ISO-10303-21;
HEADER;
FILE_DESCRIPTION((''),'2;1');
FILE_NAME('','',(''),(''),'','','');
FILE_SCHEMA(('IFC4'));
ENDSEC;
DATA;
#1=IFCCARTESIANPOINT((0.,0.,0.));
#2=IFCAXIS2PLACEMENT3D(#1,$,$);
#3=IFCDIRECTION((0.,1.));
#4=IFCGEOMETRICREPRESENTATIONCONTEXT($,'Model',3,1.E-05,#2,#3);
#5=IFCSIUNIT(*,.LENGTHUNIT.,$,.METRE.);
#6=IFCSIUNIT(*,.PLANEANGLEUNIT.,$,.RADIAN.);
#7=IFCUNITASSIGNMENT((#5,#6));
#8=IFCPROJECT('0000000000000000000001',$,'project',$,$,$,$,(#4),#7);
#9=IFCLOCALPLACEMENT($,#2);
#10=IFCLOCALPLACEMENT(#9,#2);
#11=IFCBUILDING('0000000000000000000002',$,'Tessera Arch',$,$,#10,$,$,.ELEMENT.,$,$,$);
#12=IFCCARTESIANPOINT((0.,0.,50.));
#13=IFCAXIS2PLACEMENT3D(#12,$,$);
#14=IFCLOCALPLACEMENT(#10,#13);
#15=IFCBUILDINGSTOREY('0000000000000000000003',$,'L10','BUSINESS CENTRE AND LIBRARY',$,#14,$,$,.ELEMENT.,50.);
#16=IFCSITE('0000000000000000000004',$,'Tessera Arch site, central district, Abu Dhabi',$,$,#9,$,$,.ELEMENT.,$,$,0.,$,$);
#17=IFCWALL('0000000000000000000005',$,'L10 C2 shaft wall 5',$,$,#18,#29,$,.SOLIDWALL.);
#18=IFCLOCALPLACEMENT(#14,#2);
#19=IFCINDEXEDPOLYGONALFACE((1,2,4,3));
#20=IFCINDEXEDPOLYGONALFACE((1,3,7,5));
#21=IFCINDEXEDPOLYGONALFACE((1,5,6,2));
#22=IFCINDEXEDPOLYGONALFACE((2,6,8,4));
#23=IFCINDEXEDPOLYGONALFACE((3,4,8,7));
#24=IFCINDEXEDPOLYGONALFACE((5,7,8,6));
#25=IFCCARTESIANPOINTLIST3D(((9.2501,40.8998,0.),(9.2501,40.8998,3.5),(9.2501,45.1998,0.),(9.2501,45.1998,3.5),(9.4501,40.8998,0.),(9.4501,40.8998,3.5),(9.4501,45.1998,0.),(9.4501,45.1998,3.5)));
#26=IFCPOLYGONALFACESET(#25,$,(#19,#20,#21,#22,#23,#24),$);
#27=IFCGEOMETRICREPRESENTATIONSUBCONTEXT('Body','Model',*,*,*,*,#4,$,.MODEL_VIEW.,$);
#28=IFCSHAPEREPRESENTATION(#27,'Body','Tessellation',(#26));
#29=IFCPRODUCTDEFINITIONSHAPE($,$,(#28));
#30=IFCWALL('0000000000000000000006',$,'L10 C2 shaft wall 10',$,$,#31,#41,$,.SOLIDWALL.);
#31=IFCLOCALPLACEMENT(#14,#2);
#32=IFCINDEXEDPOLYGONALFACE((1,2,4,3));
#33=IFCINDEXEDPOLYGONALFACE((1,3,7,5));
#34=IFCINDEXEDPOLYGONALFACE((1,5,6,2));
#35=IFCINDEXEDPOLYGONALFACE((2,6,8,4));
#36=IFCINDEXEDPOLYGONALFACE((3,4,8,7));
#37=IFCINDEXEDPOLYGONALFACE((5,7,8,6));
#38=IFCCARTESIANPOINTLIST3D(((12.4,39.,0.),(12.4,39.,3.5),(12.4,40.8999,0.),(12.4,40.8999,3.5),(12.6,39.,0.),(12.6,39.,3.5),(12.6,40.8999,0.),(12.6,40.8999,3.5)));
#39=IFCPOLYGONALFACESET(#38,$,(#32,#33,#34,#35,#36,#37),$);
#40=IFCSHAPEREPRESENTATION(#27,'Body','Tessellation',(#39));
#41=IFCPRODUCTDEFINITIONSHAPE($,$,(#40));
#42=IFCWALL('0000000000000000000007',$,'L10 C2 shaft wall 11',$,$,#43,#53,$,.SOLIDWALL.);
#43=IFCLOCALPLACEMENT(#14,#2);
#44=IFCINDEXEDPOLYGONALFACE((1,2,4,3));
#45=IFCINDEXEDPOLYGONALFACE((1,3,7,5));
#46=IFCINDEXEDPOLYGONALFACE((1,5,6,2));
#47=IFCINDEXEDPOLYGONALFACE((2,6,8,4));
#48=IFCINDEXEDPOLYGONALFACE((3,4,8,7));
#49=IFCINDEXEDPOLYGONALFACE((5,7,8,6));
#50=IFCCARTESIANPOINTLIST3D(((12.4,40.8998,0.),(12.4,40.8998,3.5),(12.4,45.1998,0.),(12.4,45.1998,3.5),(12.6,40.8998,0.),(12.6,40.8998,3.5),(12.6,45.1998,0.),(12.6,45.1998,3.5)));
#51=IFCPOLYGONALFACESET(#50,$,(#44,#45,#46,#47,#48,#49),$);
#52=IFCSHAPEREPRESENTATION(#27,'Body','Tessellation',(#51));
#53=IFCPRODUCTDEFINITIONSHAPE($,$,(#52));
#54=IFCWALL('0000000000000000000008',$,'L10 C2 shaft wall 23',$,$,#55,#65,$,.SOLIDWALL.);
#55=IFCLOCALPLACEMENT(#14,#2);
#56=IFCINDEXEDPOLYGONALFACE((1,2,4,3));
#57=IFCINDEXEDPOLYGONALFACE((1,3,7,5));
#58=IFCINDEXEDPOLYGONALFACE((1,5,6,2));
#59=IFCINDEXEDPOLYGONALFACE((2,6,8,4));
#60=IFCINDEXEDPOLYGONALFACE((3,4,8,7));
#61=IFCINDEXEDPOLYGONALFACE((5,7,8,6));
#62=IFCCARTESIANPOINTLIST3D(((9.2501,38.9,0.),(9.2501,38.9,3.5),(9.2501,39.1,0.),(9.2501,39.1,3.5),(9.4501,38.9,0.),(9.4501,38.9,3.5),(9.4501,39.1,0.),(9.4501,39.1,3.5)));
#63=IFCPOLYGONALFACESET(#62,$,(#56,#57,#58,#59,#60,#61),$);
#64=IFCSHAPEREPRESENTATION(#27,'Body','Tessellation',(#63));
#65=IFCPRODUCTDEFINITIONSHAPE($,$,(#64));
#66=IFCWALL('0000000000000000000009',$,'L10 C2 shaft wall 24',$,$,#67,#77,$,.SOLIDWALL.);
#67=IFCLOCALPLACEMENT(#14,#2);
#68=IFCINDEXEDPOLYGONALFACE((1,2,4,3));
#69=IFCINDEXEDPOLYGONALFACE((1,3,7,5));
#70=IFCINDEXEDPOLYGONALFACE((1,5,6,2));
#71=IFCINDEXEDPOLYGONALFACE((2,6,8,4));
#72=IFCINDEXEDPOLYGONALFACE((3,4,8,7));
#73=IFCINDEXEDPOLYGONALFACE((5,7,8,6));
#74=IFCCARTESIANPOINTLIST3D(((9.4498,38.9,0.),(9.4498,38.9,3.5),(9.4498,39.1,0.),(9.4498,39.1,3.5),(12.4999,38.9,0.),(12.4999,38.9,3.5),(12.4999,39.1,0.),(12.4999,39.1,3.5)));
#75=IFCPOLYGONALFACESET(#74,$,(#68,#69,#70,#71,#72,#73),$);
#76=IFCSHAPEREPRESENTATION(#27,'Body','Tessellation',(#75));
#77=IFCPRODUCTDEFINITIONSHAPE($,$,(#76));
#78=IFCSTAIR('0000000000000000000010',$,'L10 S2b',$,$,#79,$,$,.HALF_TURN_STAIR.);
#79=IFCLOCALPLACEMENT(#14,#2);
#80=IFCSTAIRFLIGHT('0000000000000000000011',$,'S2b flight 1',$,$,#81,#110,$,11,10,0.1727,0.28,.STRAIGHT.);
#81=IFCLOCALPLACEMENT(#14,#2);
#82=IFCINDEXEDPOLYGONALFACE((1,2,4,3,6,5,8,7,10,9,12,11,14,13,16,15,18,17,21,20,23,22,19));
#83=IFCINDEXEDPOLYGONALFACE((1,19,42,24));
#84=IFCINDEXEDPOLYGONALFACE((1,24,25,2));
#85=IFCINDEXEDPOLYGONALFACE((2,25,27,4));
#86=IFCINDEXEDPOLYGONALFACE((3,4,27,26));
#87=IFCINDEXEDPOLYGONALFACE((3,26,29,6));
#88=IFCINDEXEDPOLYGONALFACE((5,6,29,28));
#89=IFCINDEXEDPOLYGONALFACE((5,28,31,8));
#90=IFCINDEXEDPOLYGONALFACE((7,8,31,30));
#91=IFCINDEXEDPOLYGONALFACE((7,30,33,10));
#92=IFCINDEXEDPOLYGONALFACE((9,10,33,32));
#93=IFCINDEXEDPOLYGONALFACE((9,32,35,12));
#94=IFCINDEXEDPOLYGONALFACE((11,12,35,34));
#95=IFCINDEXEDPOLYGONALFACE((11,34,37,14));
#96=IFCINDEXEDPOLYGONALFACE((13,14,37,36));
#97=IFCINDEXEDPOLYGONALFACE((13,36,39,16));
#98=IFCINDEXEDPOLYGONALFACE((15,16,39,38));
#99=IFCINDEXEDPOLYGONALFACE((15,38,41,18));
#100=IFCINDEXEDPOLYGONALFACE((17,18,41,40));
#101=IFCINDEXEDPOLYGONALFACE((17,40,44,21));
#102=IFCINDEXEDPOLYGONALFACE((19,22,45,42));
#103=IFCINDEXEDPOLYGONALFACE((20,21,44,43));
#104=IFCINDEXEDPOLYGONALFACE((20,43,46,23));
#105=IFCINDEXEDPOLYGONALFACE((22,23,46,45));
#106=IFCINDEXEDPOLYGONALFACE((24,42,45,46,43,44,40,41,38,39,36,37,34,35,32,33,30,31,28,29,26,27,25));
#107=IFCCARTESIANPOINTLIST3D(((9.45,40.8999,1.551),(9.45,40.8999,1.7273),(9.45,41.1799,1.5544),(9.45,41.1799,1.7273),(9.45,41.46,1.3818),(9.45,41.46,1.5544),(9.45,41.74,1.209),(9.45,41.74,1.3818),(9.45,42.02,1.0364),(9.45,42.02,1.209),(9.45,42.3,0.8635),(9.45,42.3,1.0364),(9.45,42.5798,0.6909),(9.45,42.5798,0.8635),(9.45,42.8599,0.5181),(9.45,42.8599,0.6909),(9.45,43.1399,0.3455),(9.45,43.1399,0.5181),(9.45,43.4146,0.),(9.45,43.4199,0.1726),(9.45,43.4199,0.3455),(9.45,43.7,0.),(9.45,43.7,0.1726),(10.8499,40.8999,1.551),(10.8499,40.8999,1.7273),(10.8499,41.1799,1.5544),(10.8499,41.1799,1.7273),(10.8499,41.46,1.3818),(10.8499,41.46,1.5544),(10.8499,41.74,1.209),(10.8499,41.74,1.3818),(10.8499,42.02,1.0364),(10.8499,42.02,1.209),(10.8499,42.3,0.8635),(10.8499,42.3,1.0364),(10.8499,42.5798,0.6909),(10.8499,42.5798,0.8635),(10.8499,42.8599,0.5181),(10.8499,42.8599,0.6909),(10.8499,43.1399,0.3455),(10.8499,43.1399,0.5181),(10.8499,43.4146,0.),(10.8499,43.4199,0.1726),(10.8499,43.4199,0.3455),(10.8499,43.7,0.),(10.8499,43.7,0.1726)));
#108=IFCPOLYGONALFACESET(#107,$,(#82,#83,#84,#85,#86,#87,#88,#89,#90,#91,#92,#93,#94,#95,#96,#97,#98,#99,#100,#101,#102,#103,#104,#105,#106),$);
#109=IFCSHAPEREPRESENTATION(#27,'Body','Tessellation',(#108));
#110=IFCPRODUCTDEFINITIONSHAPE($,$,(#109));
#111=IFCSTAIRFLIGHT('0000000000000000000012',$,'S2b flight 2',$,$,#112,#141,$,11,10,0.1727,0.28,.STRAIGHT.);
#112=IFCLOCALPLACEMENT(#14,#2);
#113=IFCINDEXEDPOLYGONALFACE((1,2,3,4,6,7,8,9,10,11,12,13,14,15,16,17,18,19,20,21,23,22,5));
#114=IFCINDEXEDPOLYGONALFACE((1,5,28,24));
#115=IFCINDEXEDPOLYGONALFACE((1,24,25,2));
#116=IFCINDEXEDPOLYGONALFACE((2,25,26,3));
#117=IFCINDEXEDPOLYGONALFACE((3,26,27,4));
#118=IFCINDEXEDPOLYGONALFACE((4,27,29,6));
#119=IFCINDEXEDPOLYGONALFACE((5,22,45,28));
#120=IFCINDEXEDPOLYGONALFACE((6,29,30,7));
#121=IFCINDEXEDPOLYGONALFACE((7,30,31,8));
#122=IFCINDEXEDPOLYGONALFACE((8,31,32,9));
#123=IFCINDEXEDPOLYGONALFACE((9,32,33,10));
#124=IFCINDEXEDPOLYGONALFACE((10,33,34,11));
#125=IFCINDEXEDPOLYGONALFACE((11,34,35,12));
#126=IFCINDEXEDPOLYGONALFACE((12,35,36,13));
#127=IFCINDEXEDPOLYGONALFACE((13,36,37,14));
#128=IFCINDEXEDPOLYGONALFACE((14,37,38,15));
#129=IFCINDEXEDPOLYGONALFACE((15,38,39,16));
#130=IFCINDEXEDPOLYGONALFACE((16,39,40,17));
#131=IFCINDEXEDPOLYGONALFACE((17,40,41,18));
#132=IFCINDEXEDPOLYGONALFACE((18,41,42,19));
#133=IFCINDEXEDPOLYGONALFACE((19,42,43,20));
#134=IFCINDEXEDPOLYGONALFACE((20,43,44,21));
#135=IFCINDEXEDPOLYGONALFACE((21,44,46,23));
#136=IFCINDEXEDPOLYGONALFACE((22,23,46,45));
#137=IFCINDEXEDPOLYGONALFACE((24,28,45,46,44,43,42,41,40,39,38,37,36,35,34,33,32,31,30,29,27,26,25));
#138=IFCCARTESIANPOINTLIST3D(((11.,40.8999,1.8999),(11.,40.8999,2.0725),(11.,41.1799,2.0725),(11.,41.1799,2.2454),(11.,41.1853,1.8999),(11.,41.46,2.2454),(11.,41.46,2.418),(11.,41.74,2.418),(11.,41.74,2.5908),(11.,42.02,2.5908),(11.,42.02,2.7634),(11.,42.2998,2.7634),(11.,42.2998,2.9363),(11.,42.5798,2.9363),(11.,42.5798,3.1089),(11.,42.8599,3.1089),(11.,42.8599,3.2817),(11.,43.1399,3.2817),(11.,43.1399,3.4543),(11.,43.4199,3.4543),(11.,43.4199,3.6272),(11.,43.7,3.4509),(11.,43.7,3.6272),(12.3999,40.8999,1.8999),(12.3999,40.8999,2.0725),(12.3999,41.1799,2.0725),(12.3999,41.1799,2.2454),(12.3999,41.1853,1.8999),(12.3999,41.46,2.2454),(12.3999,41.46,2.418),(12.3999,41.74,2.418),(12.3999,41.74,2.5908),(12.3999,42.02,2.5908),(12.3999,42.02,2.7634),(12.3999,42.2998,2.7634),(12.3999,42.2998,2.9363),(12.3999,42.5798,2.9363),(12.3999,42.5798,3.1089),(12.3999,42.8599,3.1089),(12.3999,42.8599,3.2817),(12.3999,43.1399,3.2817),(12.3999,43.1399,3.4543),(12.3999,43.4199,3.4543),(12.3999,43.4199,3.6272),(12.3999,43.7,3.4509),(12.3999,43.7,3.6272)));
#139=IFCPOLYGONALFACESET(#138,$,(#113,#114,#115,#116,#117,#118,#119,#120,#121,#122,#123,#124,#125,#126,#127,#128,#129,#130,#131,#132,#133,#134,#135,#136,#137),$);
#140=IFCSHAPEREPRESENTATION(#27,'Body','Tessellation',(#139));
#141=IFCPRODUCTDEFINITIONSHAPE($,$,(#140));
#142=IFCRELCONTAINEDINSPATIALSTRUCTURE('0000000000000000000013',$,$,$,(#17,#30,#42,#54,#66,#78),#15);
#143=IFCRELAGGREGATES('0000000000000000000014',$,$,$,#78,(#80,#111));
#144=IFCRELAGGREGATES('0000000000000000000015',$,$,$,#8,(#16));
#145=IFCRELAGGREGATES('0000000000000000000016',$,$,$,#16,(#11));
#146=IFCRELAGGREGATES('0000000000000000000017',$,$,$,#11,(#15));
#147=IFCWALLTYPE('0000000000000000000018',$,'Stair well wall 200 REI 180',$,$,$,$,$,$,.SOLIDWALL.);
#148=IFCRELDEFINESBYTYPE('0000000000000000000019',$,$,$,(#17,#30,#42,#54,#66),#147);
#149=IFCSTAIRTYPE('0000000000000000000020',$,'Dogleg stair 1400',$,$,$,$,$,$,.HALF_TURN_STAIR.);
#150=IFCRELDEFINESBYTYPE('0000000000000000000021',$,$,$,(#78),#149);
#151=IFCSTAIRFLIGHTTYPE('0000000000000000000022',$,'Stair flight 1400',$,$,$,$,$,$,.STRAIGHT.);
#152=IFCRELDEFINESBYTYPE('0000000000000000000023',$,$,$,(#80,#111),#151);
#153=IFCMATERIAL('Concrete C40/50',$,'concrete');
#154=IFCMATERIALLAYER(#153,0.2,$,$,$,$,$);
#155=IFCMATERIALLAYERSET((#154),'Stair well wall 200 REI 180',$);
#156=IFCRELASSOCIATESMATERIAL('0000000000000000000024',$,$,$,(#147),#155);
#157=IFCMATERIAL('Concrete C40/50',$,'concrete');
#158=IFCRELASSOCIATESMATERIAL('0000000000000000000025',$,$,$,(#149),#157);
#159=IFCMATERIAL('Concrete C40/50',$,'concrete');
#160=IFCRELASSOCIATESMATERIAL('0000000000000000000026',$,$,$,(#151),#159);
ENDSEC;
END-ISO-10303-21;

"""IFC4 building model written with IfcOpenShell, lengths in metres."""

from ifc_helpers import new_model, si_unit, direction, frame, frame_2d, origin, place, context, subcontext, project, spatial, polyline, rectangle, outline, extrude, material, layer, layer_set, type_object, element, aggregate, save


model = new_model("IFC4")

# Units and contexts
model_context = context("Model", 3, precision=1e-05, world=origin(), true_north=direction((0.0, 1.0)))
body_context = subcontext(model_context, "Body", "Model", "MODEL_VIEW")
ifc_project = project(units=[si_unit("LENGTHUNIT", "METRE"), si_unit("PLANEANGLEUNIT", "RADIAN")], contexts=[model_context])

# Site, building, storey
site_placement = place(None, origin())
site = spatial("IfcSite", under=ifc_project, at=site_placement, Name="Tessera Arch site, central district, Abu Dhabi", CompositionType="ELEMENT", RefElevation=0.0)
building_placement = place(site_placement, origin())
building = spatial("IfcBuilding", under=site, at=building_placement, Name="Tessera Arch", CompositionType="ELEMENT")
storey_placement = place(building_placement, frame((0.0, 0.0, 50.0)))
storey = spatial("IfcBuildingStorey", under=building, at=storey_placement, Name="L10", Description="BUSINESS CENTRE AND LIBRARY", CompositionType="ELEMENT", Elevation=50.0)

# Walls
ifc_material_1 = material(Name="Concrete C40/50", Category="concrete")
ifc_layer_1 = layer(ifc_material_1, 0.2)
ifc_layer_set_1 = layer_set([ifc_layer_1], Name="Stair well wall 200 REI 180")
wall_type_1 = type_object("IfcWallType", Name="Stair well wall 200 REI 180", PredefinedType="SOLIDWALL", material=ifc_layer_set_1)
wall_1_placement = place(storey_placement, frame((9.3501, 40.8999, 0.0), z_axis=(0.0, 0.0, 1.0), x_axis=(0.0, 1.0, 0.0)))
element("IfcWall", 1, at=wall_1_placement, inside=storey, type_object=wall_type_1, Name="L10 C2 shaft wall 5", PredefinedType="SOLIDWALL", context=body_context, shape_type="SweptSolid", body=[
    extrude(rectangle(XDim=4.3, YDim=0.2, at=frame_2d((2.1499, 0.0))), origin(), (0.0, 0.0, 1.0), 3.5),
])
wall_2_placement = place(storey_placement, frame((12.5, 39.0, 0.0), z_axis=(0.0, 0.0, 1.0), x_axis=(0.0, 1.0, 0.0)))
element("IfcWall", 2, at=wall_2_placement, inside=storey, type_object=wall_type_1, Name="L10 C2 shaft wall 10", PredefinedType="SOLIDWALL", context=body_context, shape_type="SweptSolid", body=[
    extrude(rectangle(XDim=1.8999, YDim=0.2, at=frame_2d((0.95, 0.0))), origin(), (0.0, 0.0, 1.0), 3.5),
])
wall_3_placement = place(storey_placement, frame((12.5, 40.8999, 0.0), z_axis=(0.0, 0.0, 1.0), x_axis=(0.0, 1.0, 0.0)))
element("IfcWall", 3, at=wall_3_placement, inside=storey, type_object=wall_type_1, Name="L10 C2 shaft wall 11", PredefinedType="SOLIDWALL", context=body_context, shape_type="SweptSolid", body=[
    extrude(rectangle(XDim=4.3, YDim=0.2, at=frame_2d((2.1499, 0.0))), origin(), (0.0, 0.0, 1.0), 3.5),
])
wall_4_placement = place(storey_placement, frame((9.25, 39.0, 0.0), z_axis=(0.0, 0.0, 1.0), x_axis=(1.0, 0.0, 0.0)))
element("IfcWall", 4, at=wall_4_placement, inside=storey, type_object=wall_type_1, Name="L10 C2 shaft wall 23", PredefinedType="SOLIDWALL", context=body_context, shape_type="SweptSolid", body=[
    extrude(rectangle(XDim=0.2, YDim=0.2, at=frame_2d((0.1001, 0.0))), origin(), (0.0, 0.0, 1.0), 3.5),
])
wall_5_placement = place(storey_placement, frame((9.45, 39.0, 0.0), z_axis=(0.0, 0.0, 1.0), x_axis=(1.0, 0.0, 0.0)))
element("IfcWall", 5, at=wall_5_placement, inside=storey, type_object=wall_type_1, Name="L10 C2 shaft wall 24", PredefinedType="SOLIDWALL", context=body_context, shape_type="SweptSolid", body=[
    extrude(rectangle(XDim=3.05, YDim=0.2, at=frame_2d((1.5249, 0.0))), origin(), (0.0, 0.0, 1.0), 3.5),
])

# Stair, stair flights
ifc_material_2 = material(Name="Concrete C40/50", Category="concrete")
stair_type = type_object("IfcStairType", Name="Dogleg stair 1400", PredefinedType="HALF_TURN_STAIR", material=ifc_material_2)
stair_placement = place(storey_placement, origin())
stair = element("IfcStair", 6, at=stair_placement, inside=storey, type_object=stair_type, Name="L10 S2b", PredefinedType="HALF_TURN_STAIR")
ifc_material_3 = material(Name="Concrete C40/50", Category="concrete")
stair_flight_type = type_object("IfcStairFlightType", Name="Stair flight 1400", PredefinedType="STRAIGHT", material=ifc_material_3)
stair_flight_1_placement = place(storey_placement, frame((10.1499, 43.7, 0.0), z_axis=(0.0, 0.0, 1.0), x_axis=(0.0, -1.0, 0.0)))
stair_flight_1 = element("IfcStairFlight", 7, at=stair_flight_1_placement, type_object=stair_flight_type, Name="S2b flight 1", NumberOfRisers=11, NumberOfTreads=10, PredefinedType="STRAIGHT", RiserHeight=0.1727, TreadLength=0.28, context=body_context, shape_type="SweptSolid", body=[
    extrude(outline(polyline([(0.0, 0.0), (0.0, 0.1726), (0.28, 0.1726), (0.28, 0.3455), (0.5601, 0.3455), (0.5601, 0.5181), (0.8401, 0.5181), (0.8401, 0.6909), (1.1201, 0.6909), (1.1201, 0.8635), (1.3999, 0.8635), (1.3999, 1.0364), (1.6799, 1.0364), (1.6799, 1.209), (1.96, 1.209), (1.96, 1.3818), (2.24, 1.3818), (2.24, 1.5544), (2.52, 1.5544), (2.52, 1.7273), (2.8, 1.7273), (2.8, 1.8999), (2.8, 1.551), (0.2854, 0.0), (0.0, 0.0)])), frame((0.0, 0.7, 0.0), z_axis=(0.0, -1.0, 0.0), x_axis=(1.0, 0.0, 0.0)), (0.0, 0.0, 1.0), 1.3999),
])
stair_flight_2_placement = place(storey_placement, frame((11.7, 40.8999, 1.8999), z_axis=(0.0, 0.0, 1.0), x_axis=(0.0, 1.0, 0.0)))
stair_flight_2 = element("IfcStairFlight", 8, at=stair_flight_2_placement, type_object=stair_flight_type, Name="S2b flight 2", NumberOfRisers=11, NumberOfTreads=10, PredefinedType="STRAIGHT", RiserHeight=0.1727, TreadLength=0.28, context=body_context, shape_type="SweptSolid", body=[
    extrude(outline(polyline([(0.0, 0.0), (0.0, 0.1726), (0.28, 0.1726), (0.28, 0.3455), (0.5601, 0.3455), (0.5601, 0.5181), (0.8401, 0.5181), (0.8401, 0.6909), (1.1201, 0.6909), (1.1201, 0.8635), (1.3999, 0.8635), (1.3999, 1.0364), (1.6799, 1.0364), (1.6799, 1.209), (1.96, 1.209), (1.96, 1.3818), (2.24, 1.3818), (2.24, 1.5544), (2.52, 1.5544), (2.52, 1.7273), (2.8, 1.7273), (2.8, 1.8999), (2.8, 1.551), (0.2854, 0.0), (0.0, 0.0)])), frame((0.0, 0.7, 0.0), z_axis=(0.0, -1.0, 0.0), x_axis=(1.0, 0.0, 0.0)), (0.0, 0.0, 1.0), 1.3999),
])
aggregate(stair, [stair_flight_1, stair_flight_2])

save(model, "model.ifc")
